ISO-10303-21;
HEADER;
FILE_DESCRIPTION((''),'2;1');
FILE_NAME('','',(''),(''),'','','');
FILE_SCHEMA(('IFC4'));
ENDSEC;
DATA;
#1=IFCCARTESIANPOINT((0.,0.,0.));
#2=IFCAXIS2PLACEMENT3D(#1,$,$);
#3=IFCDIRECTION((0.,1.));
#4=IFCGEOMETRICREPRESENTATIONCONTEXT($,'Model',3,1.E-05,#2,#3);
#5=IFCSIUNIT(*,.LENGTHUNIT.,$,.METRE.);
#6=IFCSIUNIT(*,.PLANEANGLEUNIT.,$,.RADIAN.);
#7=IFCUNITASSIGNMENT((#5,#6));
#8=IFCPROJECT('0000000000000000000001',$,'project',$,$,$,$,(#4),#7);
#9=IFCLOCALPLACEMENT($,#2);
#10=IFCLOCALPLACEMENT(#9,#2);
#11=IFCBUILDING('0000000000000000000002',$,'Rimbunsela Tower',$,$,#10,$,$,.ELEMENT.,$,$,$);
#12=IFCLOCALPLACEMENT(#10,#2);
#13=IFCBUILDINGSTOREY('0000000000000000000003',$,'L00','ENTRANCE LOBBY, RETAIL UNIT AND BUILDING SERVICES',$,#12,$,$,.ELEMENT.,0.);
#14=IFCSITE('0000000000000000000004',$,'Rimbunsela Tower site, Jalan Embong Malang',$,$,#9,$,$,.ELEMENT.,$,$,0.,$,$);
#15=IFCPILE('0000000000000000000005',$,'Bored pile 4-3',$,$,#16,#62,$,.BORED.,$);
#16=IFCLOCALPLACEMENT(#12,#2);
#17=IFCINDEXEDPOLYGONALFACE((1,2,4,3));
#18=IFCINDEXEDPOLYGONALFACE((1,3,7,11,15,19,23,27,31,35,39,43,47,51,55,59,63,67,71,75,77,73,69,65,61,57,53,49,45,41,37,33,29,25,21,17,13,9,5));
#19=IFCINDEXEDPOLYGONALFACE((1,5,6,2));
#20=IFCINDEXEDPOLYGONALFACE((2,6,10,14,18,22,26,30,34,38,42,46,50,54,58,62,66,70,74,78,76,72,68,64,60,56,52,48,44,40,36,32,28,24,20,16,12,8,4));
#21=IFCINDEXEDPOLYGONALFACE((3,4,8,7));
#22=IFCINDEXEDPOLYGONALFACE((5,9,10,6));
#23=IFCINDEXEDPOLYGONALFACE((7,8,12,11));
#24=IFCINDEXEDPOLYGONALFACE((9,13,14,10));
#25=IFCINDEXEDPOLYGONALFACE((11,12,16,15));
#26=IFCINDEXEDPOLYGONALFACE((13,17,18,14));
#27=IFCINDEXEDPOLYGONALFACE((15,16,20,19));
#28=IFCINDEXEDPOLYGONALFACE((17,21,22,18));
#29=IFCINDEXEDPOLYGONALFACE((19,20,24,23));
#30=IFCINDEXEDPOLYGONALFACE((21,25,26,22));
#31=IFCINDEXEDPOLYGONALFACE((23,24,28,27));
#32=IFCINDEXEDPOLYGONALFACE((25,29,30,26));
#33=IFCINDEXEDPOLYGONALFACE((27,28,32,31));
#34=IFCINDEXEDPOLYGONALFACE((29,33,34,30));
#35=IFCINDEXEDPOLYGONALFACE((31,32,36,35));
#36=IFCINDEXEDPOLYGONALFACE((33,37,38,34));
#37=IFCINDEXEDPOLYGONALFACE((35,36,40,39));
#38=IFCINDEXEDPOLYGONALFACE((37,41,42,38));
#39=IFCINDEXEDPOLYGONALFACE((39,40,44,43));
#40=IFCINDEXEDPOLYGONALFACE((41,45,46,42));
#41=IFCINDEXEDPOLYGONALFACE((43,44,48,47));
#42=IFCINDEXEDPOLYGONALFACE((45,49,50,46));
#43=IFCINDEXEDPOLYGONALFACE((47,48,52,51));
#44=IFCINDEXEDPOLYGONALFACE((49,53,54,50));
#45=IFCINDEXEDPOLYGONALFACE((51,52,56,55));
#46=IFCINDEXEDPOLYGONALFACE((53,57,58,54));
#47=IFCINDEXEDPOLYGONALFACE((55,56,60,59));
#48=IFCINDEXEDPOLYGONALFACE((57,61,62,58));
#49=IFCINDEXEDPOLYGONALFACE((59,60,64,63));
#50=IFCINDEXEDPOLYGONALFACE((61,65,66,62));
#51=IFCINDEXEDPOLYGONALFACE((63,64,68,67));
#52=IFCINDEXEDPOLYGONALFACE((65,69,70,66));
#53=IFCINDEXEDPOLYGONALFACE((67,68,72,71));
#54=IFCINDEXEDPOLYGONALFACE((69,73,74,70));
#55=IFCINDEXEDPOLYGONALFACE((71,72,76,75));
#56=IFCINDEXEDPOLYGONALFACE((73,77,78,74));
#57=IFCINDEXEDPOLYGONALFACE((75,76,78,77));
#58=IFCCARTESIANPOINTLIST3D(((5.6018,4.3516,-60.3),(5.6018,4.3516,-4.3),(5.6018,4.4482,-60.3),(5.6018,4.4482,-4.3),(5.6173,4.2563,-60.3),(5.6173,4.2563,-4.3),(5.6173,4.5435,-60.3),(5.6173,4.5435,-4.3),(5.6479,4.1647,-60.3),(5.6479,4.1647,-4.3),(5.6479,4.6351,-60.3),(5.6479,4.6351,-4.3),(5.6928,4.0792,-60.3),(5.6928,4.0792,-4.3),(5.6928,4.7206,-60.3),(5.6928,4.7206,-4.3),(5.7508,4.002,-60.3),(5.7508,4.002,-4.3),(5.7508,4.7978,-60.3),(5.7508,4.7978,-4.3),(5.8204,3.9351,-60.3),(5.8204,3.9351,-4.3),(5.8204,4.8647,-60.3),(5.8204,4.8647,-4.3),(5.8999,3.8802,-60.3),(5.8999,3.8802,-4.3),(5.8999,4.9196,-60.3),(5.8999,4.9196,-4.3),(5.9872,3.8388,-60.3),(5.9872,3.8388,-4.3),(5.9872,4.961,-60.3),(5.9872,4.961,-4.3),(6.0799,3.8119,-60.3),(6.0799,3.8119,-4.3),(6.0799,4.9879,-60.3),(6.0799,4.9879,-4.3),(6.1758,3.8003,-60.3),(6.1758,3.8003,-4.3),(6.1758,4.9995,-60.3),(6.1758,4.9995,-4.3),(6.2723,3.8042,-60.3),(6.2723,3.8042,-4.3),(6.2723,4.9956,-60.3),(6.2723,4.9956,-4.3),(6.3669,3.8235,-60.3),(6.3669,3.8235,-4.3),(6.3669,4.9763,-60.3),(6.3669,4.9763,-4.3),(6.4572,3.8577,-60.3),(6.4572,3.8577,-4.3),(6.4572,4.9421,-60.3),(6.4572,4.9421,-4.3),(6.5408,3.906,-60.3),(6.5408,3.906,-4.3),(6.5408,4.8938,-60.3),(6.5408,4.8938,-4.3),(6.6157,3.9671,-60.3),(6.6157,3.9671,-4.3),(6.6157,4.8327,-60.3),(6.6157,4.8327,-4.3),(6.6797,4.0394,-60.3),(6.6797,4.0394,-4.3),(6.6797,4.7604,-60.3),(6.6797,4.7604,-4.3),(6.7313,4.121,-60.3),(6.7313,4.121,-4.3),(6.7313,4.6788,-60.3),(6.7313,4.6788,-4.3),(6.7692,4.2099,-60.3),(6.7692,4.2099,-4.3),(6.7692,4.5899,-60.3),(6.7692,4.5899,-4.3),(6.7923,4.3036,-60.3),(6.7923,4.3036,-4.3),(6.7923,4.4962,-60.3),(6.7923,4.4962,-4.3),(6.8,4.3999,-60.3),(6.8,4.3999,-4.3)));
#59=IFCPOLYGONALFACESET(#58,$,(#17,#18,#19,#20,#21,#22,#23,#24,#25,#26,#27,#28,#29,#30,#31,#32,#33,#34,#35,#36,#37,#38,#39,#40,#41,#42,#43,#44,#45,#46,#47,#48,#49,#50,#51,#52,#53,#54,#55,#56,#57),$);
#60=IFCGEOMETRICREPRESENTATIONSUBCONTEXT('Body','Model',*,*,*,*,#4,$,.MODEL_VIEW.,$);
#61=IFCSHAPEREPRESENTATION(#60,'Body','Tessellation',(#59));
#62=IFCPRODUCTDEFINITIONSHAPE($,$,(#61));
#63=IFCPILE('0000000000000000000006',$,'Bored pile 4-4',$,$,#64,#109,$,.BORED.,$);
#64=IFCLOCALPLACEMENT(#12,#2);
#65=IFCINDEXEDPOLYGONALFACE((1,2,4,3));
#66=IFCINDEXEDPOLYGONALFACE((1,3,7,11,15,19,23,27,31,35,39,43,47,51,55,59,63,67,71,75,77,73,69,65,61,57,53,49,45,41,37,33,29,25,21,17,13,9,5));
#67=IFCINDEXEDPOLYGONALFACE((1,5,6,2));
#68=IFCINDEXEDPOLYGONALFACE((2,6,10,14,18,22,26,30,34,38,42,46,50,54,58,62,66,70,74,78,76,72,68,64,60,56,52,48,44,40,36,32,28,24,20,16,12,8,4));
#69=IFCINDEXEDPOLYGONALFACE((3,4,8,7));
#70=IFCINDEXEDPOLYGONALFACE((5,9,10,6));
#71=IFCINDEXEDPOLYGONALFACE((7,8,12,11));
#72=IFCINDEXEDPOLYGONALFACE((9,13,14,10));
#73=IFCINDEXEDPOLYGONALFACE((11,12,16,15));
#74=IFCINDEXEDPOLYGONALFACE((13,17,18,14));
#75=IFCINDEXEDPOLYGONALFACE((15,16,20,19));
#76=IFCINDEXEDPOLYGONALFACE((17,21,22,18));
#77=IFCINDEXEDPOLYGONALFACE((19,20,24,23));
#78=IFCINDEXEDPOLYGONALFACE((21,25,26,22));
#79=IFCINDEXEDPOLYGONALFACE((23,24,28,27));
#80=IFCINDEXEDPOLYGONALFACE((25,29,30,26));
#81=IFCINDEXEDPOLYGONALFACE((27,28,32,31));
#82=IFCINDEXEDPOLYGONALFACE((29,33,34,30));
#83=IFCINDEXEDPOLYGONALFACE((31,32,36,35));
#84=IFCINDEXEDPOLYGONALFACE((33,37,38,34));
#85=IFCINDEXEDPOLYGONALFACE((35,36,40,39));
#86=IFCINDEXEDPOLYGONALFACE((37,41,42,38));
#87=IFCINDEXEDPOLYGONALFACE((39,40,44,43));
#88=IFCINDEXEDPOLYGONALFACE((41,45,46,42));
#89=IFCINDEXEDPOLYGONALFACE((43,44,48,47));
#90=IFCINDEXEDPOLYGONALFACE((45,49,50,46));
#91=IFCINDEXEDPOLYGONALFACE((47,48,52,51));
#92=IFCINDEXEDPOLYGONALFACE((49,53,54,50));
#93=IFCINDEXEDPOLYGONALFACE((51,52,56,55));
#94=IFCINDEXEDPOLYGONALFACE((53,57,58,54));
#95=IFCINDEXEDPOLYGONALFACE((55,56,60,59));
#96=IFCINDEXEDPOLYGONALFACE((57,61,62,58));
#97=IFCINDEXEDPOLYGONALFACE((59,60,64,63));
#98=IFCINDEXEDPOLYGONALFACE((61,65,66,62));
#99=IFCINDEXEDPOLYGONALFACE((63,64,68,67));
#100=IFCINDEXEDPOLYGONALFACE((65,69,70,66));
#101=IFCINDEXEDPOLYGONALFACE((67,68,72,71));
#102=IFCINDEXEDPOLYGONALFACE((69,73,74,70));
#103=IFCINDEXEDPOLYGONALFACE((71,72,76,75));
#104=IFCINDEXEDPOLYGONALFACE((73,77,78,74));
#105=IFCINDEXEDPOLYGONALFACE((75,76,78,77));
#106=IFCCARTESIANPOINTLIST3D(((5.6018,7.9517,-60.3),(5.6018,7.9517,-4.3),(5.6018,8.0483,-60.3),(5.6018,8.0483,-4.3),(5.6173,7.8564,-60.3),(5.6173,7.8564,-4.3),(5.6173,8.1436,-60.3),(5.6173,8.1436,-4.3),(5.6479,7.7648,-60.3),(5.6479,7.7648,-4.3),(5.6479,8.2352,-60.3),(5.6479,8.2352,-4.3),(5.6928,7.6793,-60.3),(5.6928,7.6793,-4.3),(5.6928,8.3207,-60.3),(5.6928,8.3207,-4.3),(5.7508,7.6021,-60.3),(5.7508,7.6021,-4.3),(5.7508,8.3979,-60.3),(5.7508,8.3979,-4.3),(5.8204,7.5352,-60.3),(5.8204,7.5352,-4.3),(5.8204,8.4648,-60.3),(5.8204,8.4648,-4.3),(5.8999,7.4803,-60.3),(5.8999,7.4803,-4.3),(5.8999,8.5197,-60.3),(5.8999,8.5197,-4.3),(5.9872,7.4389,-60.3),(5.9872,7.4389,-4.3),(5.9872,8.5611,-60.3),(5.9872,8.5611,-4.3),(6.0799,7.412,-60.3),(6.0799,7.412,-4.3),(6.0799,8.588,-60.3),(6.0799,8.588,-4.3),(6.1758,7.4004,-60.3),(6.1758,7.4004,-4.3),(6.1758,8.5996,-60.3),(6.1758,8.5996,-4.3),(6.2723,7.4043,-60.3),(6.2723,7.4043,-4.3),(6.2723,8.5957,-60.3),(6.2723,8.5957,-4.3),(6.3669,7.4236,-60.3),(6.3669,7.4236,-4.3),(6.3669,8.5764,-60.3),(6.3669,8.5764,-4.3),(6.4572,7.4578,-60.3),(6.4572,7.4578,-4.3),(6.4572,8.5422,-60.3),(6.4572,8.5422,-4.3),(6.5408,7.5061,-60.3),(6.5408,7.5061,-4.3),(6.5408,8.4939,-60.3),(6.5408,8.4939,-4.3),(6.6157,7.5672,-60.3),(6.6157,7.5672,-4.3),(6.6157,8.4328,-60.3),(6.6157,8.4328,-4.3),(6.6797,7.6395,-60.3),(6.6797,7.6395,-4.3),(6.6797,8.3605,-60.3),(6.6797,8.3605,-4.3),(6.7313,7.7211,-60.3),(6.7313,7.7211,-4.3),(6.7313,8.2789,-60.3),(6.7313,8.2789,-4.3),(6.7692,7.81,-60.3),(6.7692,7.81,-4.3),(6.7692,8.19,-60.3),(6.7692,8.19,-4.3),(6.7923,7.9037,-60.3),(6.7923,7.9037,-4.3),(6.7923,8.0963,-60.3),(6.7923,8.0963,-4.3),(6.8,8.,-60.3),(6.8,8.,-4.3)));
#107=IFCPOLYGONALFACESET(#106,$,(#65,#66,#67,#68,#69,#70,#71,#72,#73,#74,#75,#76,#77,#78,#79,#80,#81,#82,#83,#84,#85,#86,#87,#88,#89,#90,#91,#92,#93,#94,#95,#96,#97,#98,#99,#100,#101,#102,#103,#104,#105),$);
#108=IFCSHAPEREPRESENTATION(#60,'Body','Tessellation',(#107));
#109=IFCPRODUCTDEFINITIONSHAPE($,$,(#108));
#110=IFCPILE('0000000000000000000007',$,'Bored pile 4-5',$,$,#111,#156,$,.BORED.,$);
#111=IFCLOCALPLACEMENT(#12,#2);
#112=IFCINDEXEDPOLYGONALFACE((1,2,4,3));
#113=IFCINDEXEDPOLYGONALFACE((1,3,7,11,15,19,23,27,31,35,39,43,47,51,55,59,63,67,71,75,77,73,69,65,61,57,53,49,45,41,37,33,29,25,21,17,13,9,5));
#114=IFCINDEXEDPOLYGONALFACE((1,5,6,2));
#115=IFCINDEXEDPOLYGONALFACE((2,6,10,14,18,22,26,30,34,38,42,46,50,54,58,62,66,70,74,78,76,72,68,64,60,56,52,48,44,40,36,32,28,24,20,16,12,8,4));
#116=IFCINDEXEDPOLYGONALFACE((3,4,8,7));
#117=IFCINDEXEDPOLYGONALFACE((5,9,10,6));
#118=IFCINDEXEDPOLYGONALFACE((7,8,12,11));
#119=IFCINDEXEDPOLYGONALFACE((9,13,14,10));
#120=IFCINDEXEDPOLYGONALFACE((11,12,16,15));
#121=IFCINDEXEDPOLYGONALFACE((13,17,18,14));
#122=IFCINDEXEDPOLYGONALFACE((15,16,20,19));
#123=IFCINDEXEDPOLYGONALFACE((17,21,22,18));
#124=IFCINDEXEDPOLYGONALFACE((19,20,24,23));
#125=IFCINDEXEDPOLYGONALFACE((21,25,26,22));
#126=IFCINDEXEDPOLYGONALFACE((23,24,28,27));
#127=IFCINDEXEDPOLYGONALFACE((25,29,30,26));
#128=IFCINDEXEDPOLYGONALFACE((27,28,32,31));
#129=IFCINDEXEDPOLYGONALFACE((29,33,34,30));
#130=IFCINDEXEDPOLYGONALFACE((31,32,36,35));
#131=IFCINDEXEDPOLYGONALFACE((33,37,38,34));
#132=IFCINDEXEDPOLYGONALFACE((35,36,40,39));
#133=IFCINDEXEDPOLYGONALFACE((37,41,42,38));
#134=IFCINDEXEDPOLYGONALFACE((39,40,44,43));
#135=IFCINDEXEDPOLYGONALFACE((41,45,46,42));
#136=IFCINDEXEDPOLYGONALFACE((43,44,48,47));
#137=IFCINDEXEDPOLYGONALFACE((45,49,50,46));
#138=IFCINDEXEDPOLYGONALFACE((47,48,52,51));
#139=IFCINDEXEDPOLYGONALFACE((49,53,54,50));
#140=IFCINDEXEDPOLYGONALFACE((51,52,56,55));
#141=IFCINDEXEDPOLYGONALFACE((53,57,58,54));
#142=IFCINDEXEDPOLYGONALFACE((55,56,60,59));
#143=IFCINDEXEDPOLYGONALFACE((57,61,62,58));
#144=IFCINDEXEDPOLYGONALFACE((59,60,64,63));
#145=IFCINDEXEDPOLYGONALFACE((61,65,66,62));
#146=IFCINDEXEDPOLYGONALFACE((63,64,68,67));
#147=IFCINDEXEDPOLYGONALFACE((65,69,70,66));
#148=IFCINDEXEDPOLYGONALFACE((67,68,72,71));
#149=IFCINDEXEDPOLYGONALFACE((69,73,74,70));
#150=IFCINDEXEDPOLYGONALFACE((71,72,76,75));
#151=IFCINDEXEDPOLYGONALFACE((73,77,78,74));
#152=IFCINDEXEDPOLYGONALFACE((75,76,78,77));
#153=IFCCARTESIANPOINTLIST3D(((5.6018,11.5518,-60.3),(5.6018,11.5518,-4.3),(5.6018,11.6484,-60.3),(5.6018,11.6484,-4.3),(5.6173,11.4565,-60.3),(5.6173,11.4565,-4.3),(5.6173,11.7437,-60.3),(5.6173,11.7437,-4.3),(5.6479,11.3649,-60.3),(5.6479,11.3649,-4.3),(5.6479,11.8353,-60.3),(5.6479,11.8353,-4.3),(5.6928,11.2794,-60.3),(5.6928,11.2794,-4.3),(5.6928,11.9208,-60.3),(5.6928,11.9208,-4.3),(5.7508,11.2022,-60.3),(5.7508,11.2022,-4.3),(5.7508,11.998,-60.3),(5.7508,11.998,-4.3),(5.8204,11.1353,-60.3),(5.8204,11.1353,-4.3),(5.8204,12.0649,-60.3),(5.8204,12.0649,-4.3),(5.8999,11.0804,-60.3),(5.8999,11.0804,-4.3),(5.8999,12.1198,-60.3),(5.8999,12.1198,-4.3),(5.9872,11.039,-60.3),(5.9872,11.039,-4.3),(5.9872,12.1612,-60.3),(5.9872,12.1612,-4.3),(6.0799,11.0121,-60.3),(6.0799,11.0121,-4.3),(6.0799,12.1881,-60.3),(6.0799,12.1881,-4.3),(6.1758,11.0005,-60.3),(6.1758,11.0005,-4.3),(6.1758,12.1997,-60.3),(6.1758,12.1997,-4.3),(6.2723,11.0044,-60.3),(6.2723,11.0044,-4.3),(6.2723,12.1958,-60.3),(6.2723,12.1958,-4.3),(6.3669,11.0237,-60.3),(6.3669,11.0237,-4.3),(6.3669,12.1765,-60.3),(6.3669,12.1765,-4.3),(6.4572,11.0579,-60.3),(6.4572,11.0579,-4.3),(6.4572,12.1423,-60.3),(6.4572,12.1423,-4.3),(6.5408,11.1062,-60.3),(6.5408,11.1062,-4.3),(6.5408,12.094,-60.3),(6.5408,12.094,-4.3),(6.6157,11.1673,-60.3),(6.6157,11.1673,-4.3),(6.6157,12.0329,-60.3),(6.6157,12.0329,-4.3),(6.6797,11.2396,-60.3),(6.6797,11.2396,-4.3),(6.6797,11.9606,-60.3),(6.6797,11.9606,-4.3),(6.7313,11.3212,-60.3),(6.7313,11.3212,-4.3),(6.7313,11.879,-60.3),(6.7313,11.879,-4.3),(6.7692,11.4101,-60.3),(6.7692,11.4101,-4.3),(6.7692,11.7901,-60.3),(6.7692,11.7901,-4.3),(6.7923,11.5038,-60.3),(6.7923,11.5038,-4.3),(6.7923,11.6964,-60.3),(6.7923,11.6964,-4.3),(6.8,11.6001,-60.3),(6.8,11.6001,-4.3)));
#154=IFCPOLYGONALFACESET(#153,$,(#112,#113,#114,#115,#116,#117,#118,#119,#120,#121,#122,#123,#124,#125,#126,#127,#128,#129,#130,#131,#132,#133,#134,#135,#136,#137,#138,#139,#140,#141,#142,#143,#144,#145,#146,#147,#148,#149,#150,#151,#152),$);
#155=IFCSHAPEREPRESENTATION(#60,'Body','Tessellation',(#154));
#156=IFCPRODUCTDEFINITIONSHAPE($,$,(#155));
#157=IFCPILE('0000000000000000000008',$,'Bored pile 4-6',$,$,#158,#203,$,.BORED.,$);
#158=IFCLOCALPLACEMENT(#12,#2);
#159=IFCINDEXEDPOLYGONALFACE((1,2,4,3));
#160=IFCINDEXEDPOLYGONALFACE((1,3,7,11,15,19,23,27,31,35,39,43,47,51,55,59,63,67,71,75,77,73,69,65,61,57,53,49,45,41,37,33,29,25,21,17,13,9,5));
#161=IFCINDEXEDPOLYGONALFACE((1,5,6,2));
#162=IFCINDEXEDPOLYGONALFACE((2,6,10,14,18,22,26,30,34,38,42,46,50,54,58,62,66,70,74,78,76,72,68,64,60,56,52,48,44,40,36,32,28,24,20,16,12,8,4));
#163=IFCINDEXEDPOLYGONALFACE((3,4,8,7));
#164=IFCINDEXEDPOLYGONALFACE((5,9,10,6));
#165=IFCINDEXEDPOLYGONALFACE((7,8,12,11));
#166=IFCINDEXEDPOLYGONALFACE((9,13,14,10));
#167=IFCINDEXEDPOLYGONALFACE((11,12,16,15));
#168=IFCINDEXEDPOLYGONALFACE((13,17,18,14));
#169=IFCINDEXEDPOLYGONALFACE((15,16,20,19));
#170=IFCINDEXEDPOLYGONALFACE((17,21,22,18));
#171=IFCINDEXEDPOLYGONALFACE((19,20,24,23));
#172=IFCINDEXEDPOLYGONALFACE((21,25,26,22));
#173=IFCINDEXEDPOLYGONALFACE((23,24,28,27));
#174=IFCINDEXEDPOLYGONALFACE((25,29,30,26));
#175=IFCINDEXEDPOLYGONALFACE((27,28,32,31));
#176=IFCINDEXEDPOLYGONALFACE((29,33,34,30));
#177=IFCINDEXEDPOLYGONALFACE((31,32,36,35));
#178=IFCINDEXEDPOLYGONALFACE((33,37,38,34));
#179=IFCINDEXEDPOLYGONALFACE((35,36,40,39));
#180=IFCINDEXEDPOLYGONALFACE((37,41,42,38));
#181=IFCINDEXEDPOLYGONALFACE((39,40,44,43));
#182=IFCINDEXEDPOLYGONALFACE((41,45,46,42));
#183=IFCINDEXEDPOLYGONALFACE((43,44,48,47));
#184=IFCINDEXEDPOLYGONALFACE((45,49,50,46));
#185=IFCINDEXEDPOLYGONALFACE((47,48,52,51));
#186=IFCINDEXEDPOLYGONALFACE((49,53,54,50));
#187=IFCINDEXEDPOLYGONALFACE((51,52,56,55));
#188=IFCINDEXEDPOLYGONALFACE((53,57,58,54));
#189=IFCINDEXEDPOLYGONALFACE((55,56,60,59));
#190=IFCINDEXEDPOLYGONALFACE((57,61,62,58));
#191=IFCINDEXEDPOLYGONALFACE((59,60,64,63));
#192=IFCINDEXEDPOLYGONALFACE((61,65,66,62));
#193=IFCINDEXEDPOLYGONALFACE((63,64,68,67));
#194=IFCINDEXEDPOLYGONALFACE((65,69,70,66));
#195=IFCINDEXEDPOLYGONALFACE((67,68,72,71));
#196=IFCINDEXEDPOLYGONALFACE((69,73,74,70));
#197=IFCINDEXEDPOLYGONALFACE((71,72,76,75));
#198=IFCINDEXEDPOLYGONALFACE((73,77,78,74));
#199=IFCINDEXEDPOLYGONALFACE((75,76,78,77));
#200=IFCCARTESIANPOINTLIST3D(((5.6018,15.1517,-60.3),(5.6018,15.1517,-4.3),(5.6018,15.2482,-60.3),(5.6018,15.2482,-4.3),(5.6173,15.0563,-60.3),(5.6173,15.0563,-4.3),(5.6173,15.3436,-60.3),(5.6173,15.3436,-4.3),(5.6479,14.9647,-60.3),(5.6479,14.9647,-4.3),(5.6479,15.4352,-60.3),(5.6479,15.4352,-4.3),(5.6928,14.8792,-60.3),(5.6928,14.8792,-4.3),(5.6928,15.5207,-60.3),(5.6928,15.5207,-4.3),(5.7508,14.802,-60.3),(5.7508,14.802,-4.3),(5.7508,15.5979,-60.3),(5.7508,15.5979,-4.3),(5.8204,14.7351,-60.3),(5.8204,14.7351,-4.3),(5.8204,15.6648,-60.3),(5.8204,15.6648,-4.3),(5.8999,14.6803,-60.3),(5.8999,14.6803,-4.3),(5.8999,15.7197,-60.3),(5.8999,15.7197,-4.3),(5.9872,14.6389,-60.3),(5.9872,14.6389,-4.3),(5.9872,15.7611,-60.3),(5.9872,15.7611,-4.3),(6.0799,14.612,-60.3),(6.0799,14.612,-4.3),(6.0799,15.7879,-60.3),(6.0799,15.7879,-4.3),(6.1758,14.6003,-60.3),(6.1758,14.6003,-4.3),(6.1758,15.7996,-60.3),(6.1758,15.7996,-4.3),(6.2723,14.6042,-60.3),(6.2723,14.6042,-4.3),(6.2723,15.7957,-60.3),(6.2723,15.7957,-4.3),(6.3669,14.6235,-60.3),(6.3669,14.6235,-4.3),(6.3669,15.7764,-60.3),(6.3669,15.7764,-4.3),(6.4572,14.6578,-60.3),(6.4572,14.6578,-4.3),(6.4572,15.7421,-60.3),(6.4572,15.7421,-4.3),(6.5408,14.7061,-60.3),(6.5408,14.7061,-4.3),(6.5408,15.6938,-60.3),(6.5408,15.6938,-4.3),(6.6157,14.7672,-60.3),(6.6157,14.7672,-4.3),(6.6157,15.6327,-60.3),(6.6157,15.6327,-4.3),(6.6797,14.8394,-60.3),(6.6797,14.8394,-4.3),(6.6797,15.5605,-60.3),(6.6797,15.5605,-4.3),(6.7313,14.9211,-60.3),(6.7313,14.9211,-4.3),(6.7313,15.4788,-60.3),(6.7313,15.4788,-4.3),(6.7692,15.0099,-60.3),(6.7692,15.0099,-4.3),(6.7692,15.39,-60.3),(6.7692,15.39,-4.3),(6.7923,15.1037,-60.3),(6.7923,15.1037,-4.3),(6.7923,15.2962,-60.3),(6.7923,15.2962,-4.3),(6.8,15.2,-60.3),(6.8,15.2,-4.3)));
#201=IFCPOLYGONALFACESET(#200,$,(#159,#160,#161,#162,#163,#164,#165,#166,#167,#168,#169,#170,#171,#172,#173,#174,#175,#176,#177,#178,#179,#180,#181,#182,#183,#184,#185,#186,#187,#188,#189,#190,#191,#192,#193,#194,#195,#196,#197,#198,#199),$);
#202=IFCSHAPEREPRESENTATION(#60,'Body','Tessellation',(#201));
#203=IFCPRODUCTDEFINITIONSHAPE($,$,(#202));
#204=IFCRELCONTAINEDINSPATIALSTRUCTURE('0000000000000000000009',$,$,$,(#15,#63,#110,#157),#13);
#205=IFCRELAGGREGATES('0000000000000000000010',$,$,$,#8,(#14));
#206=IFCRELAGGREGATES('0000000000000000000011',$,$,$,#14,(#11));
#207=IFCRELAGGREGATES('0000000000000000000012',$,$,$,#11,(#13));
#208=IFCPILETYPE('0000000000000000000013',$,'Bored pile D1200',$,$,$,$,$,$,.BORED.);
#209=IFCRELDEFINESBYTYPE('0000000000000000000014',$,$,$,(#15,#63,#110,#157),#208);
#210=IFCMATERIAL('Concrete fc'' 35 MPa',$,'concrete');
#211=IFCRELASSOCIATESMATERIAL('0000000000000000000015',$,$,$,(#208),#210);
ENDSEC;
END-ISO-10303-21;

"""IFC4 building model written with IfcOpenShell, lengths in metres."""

from ifc_helpers import new_model, si_unit, direction, frame, origin, origin_2d, place, context, subcontext, project, spatial, circle, extrude, material, material_profile, profile_set, type_object, element, save


model = new_model("IFC4")

# Units and contexts
model_context = context("Model", 3, precision=1e-05, world=origin(), true_north=direction((0.0, 1.0)))
body_context = subcontext(model_context, "Body", "Model", "MODEL_VIEW")
ifc_project = project(units=[si_unit("LENGTHUNIT", "METRE"), si_unit("PLANEANGLEUNIT", "RADIAN")], contexts=[model_context])

# Site, building, storey
site_placement = place(None, origin())
site = spatial("IfcSite", under=ifc_project, at=site_placement, Name="Rimbunsela Tower site, Jalan Embong Malang", CompositionType="ELEMENT", RefElevation=0.0)
building_placement = place(site_placement, origin())
building = spatial("IfcBuilding", under=site, at=building_placement, Name="Rimbunsela Tower", CompositionType="ELEMENT")
storey_placement = place(building_placement, origin())
storey = spatial("IfcBuildingStorey", under=building, at=storey_placement, Name="L00", Description="ENTRANCE LOBBY, RETAIL UNIT AND BUILDING SERVICES", CompositionType="ELEMENT", Elevation=0.0)

# Piles
ifc_material_1 = material(Name="Concrete fc' 35 MPa", Category="concrete")
ifc_material_profile_1 = material_profile(ifc_material_1, circle(Radius=0.6001, at=origin_2d()), Name="BP D1200")
ifc_profile_set_1 = profile_set([ifc_material_profile_1], Name="Concrete fc' 35 MPa")
pile_type = type_object("IfcPileType", Name="Bored pile D1200", PredefinedType="BORED", material=ifc_profile_set_1)
for number, where, z_axis, x_axis, name in (
    (1, (6.2, 4.3999, -4.3), (0.0, 0.0, -1.0), (1.0, 0.0, 0.0), "Bored pile 4-3"),
    (2, (6.2, 8.0, -4.3), (0.0, 0.0, -1.0), (1.0, 0.0, 0.0), "Bored pile 4-4"),
    (3, (6.2, 11.6001, -4.3), (0.0, 0.0, -1.0), (1.0, 0.0, 0.0), "Bored pile 4-5"),
    (4, (6.2, 15.2, -4.3), (0.0, 0.0, -1.0), (1.0, 0.0, 0.0), "Bored pile 4-6"),
):
    element("IfcPile", number, at=place(storey_placement, frame(where, z_axis=z_axis, x_axis=x_axis)), inside=storey, type_object=pile_type, Name=name, PredefinedType="BORED", context=body_context, shape_type="SweptSolid", body=[
        extrude(circle(Radius=0.6001, at=origin_2d()), origin(), (0.0, 0.0, 1.0), 56.0),
    ])

save(model, "model.ifc")
